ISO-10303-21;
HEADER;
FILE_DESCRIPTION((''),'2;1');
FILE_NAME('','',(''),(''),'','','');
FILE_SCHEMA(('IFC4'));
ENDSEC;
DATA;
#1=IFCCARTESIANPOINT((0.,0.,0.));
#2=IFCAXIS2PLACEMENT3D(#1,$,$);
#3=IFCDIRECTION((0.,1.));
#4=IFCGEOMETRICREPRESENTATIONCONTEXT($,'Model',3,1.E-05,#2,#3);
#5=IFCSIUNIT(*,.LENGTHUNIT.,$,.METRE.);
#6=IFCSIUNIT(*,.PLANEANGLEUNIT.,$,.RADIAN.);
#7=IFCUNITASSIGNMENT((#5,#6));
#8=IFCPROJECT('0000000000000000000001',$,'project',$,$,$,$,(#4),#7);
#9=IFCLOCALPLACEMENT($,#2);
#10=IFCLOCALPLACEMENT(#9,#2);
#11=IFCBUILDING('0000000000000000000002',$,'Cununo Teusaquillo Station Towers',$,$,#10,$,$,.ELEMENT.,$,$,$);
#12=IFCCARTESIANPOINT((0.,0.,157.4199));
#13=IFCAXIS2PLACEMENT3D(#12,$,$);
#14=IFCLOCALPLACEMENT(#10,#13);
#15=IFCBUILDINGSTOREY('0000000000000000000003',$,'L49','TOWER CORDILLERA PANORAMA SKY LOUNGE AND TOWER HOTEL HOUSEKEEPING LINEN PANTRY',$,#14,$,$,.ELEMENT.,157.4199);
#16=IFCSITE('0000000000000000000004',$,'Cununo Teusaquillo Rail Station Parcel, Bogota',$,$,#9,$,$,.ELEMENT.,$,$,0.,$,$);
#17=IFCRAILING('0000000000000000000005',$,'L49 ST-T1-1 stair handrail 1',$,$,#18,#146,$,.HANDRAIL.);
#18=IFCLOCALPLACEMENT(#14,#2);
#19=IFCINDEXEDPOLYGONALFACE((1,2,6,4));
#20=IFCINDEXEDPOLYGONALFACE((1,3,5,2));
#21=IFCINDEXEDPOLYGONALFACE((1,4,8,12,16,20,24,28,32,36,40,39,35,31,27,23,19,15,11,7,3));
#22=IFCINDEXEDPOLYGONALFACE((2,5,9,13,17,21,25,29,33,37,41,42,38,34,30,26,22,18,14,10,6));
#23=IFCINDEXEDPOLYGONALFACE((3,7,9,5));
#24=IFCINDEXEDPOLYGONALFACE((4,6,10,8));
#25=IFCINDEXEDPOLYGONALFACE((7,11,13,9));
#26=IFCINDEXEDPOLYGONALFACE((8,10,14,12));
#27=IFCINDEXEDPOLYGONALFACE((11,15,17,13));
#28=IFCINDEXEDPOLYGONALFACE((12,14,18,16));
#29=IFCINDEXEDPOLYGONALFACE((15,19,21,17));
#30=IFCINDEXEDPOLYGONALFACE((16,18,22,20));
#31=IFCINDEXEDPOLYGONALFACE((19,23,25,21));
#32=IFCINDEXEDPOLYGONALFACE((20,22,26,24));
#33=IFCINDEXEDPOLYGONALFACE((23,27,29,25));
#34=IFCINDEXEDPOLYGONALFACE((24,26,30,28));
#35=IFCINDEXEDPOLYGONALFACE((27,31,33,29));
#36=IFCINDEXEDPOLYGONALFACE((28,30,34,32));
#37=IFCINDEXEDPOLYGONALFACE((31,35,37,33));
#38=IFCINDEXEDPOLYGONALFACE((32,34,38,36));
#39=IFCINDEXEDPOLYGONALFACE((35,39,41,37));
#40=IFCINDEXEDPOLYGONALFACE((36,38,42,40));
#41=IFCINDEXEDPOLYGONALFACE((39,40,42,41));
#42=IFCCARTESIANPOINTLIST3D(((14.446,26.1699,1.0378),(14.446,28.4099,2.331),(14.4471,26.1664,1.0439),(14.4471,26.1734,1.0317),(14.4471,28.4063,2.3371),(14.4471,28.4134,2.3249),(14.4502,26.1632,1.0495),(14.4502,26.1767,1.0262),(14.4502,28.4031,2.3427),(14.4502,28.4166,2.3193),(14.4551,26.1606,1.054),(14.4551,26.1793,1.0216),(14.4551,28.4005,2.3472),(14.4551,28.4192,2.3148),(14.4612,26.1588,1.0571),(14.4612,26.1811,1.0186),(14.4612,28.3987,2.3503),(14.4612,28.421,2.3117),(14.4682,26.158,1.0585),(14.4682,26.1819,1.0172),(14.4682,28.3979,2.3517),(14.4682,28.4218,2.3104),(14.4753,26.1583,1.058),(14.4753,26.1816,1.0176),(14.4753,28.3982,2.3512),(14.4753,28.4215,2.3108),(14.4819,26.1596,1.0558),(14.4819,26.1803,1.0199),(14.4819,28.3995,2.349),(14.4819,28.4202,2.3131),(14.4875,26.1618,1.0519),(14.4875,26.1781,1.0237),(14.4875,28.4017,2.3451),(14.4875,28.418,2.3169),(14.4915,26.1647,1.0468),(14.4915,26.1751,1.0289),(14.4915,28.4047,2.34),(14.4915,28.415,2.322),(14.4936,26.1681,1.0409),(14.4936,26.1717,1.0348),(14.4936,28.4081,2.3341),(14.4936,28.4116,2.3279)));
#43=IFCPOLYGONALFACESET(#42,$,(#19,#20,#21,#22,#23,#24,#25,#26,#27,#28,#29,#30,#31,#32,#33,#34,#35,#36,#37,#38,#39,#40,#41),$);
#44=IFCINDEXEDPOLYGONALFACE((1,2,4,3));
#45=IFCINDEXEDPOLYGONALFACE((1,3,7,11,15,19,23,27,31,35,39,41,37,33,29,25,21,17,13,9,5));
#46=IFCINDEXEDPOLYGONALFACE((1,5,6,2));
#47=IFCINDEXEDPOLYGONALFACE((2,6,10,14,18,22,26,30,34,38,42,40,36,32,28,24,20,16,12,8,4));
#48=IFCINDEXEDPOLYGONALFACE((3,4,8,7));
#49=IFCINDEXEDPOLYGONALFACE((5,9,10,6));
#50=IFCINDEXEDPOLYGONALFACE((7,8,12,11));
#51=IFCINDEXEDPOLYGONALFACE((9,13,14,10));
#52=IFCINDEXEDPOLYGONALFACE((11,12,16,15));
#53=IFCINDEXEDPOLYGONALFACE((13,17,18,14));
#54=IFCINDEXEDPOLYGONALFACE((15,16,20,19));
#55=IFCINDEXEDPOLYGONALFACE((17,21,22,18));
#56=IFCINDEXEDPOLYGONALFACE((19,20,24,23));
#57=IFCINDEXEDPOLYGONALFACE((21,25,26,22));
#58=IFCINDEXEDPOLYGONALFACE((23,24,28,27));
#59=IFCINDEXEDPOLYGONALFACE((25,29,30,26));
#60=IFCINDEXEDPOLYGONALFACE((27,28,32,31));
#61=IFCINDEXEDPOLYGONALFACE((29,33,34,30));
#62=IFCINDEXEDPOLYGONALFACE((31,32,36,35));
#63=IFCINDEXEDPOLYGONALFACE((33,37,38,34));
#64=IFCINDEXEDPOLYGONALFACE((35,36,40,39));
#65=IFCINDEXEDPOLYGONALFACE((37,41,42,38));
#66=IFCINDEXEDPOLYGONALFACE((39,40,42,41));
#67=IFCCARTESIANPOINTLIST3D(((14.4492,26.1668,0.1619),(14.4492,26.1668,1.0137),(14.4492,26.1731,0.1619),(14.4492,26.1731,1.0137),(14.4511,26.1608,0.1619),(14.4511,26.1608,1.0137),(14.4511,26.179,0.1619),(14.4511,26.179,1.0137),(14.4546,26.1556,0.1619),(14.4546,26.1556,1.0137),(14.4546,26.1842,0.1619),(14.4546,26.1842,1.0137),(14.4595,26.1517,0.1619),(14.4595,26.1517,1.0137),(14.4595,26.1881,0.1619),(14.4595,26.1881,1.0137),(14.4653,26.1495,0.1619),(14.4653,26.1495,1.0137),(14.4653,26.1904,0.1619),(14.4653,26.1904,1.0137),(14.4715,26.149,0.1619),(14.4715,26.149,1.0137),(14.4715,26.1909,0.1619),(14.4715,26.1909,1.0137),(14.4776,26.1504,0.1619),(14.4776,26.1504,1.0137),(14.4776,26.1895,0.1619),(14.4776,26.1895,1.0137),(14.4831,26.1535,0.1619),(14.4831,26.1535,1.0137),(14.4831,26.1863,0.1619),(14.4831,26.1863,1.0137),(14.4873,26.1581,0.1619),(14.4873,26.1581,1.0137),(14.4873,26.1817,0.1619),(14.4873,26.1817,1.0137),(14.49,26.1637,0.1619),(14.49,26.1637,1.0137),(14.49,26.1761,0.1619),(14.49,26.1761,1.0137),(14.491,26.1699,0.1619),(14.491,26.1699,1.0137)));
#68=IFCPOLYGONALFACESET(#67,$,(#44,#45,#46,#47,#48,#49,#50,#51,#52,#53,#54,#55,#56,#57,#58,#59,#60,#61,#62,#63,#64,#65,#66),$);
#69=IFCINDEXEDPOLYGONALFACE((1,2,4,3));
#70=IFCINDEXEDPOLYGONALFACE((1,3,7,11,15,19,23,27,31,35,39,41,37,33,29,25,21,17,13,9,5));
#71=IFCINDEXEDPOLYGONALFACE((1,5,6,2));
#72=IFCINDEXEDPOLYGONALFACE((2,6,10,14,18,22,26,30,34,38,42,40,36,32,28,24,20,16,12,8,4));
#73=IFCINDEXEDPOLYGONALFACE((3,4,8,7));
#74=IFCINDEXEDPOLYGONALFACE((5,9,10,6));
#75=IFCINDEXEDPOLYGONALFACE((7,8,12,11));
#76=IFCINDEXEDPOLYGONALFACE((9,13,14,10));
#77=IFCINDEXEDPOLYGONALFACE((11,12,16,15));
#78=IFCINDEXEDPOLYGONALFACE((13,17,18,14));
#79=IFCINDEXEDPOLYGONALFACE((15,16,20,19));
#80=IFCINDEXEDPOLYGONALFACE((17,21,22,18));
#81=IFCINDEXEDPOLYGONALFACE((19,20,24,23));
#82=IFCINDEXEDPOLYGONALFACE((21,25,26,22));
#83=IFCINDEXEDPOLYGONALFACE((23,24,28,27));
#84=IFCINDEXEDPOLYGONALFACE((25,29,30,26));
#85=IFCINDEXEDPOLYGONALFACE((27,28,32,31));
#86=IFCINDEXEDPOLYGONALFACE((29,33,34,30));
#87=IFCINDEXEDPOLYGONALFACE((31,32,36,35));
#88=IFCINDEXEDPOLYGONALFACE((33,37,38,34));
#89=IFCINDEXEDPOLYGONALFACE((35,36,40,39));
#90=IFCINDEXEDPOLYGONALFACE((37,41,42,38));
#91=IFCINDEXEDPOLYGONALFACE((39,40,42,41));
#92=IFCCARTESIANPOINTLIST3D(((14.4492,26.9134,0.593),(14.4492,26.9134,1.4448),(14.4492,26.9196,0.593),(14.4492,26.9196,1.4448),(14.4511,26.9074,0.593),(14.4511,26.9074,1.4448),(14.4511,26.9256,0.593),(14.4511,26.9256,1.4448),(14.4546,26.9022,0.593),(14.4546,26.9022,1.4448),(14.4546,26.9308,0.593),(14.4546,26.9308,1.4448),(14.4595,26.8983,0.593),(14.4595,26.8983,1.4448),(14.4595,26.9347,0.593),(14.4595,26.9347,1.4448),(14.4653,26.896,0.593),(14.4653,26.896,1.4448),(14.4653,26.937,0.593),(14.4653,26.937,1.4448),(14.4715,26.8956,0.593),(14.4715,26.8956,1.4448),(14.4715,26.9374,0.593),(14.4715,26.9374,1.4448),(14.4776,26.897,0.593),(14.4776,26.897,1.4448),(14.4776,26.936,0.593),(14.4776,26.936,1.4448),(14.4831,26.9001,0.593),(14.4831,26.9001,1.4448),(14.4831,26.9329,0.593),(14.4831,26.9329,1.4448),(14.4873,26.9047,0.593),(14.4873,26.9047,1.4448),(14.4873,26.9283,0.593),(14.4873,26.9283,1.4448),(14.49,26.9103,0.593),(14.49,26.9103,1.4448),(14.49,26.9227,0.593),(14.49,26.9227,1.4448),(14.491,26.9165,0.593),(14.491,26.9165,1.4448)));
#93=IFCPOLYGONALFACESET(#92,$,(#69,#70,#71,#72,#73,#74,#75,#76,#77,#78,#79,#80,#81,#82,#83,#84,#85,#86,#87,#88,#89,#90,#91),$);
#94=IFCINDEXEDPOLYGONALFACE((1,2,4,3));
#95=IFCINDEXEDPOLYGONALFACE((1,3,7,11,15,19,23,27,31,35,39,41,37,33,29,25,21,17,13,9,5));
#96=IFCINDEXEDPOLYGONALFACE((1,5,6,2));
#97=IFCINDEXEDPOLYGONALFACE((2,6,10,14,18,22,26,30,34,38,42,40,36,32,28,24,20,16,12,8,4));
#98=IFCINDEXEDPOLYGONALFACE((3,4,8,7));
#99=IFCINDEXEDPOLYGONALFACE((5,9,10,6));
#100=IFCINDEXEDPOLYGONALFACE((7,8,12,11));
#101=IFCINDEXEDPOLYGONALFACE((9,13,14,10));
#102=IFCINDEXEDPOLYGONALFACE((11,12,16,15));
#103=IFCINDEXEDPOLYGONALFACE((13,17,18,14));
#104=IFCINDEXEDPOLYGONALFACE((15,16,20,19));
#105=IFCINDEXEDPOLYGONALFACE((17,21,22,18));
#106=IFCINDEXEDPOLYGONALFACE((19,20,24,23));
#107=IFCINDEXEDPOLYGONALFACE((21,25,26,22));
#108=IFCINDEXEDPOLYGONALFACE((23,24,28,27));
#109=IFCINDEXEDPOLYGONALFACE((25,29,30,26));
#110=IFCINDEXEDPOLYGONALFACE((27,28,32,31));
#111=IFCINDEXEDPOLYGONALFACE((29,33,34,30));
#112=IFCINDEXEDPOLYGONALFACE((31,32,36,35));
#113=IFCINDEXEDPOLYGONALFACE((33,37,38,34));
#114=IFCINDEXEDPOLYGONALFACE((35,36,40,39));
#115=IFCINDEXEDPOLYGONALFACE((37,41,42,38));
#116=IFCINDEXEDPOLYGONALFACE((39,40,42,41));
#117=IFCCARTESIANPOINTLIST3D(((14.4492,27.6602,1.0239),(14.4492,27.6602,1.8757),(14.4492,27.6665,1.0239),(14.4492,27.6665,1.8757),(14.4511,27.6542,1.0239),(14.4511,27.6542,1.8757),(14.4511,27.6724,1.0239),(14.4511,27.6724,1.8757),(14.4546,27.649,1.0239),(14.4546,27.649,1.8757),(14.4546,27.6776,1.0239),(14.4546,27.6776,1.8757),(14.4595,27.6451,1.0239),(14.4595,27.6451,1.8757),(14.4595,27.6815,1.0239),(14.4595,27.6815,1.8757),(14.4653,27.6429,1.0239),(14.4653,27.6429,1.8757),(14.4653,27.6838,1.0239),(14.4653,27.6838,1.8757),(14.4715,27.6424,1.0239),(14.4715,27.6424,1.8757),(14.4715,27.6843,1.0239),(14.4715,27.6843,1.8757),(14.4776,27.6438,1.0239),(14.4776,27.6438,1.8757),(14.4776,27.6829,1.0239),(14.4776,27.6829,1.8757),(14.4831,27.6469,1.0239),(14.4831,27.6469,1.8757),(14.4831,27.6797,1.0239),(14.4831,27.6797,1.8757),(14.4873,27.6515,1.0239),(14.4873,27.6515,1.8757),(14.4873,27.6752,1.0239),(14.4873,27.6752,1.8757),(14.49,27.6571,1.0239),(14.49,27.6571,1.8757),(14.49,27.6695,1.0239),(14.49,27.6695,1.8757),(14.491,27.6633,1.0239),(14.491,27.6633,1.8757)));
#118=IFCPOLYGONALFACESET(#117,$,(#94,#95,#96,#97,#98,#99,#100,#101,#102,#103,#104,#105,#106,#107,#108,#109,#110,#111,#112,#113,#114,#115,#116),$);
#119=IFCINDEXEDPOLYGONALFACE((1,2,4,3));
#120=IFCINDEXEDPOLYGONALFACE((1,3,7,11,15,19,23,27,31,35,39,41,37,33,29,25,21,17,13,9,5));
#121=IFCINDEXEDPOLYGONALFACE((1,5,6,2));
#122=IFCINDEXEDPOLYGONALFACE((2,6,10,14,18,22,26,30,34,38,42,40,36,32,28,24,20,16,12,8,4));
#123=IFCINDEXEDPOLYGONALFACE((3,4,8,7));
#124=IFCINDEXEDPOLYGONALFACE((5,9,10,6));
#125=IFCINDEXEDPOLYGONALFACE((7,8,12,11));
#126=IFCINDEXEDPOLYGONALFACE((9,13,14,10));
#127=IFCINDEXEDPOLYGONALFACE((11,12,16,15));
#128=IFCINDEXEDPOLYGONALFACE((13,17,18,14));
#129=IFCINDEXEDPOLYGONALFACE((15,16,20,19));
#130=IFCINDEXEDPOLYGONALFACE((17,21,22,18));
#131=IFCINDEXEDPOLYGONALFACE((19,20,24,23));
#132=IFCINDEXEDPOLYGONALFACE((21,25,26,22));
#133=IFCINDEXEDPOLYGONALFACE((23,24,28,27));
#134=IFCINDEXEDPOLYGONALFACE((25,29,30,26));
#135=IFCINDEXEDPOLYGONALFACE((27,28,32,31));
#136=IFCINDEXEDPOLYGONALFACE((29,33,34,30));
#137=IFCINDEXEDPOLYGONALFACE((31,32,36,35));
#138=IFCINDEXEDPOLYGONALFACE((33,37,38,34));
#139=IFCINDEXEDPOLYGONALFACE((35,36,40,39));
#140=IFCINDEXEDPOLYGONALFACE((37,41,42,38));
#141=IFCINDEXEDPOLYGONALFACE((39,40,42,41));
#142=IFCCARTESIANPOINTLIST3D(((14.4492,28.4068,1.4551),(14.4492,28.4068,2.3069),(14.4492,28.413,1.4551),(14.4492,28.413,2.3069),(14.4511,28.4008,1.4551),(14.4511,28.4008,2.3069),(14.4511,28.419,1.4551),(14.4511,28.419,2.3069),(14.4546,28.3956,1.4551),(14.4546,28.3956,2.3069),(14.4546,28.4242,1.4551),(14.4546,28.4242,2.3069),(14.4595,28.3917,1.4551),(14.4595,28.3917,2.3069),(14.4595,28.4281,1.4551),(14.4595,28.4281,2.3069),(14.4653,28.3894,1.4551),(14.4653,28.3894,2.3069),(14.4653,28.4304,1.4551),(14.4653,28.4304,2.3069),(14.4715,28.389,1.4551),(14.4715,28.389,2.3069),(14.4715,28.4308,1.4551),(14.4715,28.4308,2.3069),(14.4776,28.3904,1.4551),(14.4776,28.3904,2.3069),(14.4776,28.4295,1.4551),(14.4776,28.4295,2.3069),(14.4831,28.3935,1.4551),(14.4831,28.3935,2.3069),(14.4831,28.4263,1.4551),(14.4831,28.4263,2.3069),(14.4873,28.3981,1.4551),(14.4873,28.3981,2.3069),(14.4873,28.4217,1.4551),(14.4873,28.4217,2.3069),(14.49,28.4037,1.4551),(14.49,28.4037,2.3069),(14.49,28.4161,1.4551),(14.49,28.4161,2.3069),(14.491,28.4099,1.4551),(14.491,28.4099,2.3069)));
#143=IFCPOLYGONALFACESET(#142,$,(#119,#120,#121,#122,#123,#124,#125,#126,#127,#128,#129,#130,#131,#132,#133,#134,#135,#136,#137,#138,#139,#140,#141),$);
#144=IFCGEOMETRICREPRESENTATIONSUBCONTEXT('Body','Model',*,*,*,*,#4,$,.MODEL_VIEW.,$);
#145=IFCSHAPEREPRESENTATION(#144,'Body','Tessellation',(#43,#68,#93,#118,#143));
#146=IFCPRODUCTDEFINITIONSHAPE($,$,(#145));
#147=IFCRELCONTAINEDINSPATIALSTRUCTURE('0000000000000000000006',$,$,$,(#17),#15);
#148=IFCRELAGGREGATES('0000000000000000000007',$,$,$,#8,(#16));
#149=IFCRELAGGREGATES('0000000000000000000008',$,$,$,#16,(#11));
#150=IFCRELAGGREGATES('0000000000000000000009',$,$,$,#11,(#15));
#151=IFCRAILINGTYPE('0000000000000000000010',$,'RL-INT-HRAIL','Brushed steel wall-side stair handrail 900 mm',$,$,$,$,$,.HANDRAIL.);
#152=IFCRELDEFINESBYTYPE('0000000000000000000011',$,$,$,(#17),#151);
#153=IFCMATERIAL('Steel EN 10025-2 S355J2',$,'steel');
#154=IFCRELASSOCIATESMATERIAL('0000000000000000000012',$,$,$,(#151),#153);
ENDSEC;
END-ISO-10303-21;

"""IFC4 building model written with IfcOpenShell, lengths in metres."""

from ifc_helpers import new_model, si_unit, direction, frame, origin, origin_2d, place, context, subcontext, project, spatial, circle, extrude, material, type_object, element, save


model = new_model("IFC4")

# Units and contexts
model_context = context("Model", 3, precision=1e-05, world=origin(), true_north=direction((0.0, 1.0)))
body_context = subcontext(model_context, "Body", "Model", "MODEL_VIEW")
ifc_project = project(units=[si_unit("LENGTHUNIT", "METRE"), si_unit("PLANEANGLEUNIT", "RADIAN")], contexts=[model_context])

# Site, building, storey
site_placement = place(None, origin())
site = spatial("IfcSite", under=ifc_project, at=site_placement, Name="Cununo Teusaquillo Rail Station Parcel, Bogota", CompositionType="ELEMENT", RefElevation=0.0)
building_placement = place(site_placement, origin())
building = spatial("IfcBuilding", under=site, at=building_placement, Name="Cununo Teusaquillo Station Towers", CompositionType="ELEMENT")
storey_placement = place(building_placement, frame((0.0, 0.0, 157.4199)))
storey = spatial("IfcBuildingStorey", under=building, at=storey_placement, Name="L49", Description="TOWER CORDILLERA PANORAMA SKY LOUNGE AND TOWER HOTEL HOUSEKEEPING LINEN PANTRY", CompositionType="ELEMENT", Elevation=157.4199)

# Railing
ifc_material_1 = material(Name="Steel EN 10025-2 S355J2", Category="steel")
railing_type_1 = type_object("IfcRailingType", Name="RL-INT-HRAIL", Description="Brushed steel wall-side stair handrail 900 mm", PredefinedType="HANDRAIL", material=ifc_material_1)
railing_1_placement = place(storey_placement, frame((14.47, 26.1699, 0.1619)))
element("IfcRailing", 1, at=railing_1_placement, inside=storey, type_object=railing_type_1, Name="L49 ST-T1-1 stair handrail 1", PredefinedType="HANDRAIL", context=body_context, shape_type="SweptSolid", body=[
    extrude(circle(Radius=0.0239, at=origin_2d()), frame((0.0, 0.0, 0.876), z_axis=(0.0, 0.866033, 0.499987), x_axis=(-1.0, 0.0, 0.0)), (0.0, 0.0, 1.0), 2.5864),
    extrude(circle(Radius=0.021, at=origin_2d()), origin(), (0.0, 0.0, 1.0), 0.8518),
    extrude(circle(Radius=0.021, at=origin_2d()), frame((0.0, 0.7466, 0.4312)), (0.0, 0.0, 1.0), 0.8518),
    extrude(circle(Radius=0.021, at=origin_2d()), frame((0.0, 1.4934, 0.8621)), (0.0, 0.0, 1.0), 0.8518),
    extrude(circle(Radius=0.021, at=origin_2d()), frame((0.0, 2.24, 1.2932)), (0.0, 0.0, 1.0), 0.8518),
])

save(model, "model.ifc")
